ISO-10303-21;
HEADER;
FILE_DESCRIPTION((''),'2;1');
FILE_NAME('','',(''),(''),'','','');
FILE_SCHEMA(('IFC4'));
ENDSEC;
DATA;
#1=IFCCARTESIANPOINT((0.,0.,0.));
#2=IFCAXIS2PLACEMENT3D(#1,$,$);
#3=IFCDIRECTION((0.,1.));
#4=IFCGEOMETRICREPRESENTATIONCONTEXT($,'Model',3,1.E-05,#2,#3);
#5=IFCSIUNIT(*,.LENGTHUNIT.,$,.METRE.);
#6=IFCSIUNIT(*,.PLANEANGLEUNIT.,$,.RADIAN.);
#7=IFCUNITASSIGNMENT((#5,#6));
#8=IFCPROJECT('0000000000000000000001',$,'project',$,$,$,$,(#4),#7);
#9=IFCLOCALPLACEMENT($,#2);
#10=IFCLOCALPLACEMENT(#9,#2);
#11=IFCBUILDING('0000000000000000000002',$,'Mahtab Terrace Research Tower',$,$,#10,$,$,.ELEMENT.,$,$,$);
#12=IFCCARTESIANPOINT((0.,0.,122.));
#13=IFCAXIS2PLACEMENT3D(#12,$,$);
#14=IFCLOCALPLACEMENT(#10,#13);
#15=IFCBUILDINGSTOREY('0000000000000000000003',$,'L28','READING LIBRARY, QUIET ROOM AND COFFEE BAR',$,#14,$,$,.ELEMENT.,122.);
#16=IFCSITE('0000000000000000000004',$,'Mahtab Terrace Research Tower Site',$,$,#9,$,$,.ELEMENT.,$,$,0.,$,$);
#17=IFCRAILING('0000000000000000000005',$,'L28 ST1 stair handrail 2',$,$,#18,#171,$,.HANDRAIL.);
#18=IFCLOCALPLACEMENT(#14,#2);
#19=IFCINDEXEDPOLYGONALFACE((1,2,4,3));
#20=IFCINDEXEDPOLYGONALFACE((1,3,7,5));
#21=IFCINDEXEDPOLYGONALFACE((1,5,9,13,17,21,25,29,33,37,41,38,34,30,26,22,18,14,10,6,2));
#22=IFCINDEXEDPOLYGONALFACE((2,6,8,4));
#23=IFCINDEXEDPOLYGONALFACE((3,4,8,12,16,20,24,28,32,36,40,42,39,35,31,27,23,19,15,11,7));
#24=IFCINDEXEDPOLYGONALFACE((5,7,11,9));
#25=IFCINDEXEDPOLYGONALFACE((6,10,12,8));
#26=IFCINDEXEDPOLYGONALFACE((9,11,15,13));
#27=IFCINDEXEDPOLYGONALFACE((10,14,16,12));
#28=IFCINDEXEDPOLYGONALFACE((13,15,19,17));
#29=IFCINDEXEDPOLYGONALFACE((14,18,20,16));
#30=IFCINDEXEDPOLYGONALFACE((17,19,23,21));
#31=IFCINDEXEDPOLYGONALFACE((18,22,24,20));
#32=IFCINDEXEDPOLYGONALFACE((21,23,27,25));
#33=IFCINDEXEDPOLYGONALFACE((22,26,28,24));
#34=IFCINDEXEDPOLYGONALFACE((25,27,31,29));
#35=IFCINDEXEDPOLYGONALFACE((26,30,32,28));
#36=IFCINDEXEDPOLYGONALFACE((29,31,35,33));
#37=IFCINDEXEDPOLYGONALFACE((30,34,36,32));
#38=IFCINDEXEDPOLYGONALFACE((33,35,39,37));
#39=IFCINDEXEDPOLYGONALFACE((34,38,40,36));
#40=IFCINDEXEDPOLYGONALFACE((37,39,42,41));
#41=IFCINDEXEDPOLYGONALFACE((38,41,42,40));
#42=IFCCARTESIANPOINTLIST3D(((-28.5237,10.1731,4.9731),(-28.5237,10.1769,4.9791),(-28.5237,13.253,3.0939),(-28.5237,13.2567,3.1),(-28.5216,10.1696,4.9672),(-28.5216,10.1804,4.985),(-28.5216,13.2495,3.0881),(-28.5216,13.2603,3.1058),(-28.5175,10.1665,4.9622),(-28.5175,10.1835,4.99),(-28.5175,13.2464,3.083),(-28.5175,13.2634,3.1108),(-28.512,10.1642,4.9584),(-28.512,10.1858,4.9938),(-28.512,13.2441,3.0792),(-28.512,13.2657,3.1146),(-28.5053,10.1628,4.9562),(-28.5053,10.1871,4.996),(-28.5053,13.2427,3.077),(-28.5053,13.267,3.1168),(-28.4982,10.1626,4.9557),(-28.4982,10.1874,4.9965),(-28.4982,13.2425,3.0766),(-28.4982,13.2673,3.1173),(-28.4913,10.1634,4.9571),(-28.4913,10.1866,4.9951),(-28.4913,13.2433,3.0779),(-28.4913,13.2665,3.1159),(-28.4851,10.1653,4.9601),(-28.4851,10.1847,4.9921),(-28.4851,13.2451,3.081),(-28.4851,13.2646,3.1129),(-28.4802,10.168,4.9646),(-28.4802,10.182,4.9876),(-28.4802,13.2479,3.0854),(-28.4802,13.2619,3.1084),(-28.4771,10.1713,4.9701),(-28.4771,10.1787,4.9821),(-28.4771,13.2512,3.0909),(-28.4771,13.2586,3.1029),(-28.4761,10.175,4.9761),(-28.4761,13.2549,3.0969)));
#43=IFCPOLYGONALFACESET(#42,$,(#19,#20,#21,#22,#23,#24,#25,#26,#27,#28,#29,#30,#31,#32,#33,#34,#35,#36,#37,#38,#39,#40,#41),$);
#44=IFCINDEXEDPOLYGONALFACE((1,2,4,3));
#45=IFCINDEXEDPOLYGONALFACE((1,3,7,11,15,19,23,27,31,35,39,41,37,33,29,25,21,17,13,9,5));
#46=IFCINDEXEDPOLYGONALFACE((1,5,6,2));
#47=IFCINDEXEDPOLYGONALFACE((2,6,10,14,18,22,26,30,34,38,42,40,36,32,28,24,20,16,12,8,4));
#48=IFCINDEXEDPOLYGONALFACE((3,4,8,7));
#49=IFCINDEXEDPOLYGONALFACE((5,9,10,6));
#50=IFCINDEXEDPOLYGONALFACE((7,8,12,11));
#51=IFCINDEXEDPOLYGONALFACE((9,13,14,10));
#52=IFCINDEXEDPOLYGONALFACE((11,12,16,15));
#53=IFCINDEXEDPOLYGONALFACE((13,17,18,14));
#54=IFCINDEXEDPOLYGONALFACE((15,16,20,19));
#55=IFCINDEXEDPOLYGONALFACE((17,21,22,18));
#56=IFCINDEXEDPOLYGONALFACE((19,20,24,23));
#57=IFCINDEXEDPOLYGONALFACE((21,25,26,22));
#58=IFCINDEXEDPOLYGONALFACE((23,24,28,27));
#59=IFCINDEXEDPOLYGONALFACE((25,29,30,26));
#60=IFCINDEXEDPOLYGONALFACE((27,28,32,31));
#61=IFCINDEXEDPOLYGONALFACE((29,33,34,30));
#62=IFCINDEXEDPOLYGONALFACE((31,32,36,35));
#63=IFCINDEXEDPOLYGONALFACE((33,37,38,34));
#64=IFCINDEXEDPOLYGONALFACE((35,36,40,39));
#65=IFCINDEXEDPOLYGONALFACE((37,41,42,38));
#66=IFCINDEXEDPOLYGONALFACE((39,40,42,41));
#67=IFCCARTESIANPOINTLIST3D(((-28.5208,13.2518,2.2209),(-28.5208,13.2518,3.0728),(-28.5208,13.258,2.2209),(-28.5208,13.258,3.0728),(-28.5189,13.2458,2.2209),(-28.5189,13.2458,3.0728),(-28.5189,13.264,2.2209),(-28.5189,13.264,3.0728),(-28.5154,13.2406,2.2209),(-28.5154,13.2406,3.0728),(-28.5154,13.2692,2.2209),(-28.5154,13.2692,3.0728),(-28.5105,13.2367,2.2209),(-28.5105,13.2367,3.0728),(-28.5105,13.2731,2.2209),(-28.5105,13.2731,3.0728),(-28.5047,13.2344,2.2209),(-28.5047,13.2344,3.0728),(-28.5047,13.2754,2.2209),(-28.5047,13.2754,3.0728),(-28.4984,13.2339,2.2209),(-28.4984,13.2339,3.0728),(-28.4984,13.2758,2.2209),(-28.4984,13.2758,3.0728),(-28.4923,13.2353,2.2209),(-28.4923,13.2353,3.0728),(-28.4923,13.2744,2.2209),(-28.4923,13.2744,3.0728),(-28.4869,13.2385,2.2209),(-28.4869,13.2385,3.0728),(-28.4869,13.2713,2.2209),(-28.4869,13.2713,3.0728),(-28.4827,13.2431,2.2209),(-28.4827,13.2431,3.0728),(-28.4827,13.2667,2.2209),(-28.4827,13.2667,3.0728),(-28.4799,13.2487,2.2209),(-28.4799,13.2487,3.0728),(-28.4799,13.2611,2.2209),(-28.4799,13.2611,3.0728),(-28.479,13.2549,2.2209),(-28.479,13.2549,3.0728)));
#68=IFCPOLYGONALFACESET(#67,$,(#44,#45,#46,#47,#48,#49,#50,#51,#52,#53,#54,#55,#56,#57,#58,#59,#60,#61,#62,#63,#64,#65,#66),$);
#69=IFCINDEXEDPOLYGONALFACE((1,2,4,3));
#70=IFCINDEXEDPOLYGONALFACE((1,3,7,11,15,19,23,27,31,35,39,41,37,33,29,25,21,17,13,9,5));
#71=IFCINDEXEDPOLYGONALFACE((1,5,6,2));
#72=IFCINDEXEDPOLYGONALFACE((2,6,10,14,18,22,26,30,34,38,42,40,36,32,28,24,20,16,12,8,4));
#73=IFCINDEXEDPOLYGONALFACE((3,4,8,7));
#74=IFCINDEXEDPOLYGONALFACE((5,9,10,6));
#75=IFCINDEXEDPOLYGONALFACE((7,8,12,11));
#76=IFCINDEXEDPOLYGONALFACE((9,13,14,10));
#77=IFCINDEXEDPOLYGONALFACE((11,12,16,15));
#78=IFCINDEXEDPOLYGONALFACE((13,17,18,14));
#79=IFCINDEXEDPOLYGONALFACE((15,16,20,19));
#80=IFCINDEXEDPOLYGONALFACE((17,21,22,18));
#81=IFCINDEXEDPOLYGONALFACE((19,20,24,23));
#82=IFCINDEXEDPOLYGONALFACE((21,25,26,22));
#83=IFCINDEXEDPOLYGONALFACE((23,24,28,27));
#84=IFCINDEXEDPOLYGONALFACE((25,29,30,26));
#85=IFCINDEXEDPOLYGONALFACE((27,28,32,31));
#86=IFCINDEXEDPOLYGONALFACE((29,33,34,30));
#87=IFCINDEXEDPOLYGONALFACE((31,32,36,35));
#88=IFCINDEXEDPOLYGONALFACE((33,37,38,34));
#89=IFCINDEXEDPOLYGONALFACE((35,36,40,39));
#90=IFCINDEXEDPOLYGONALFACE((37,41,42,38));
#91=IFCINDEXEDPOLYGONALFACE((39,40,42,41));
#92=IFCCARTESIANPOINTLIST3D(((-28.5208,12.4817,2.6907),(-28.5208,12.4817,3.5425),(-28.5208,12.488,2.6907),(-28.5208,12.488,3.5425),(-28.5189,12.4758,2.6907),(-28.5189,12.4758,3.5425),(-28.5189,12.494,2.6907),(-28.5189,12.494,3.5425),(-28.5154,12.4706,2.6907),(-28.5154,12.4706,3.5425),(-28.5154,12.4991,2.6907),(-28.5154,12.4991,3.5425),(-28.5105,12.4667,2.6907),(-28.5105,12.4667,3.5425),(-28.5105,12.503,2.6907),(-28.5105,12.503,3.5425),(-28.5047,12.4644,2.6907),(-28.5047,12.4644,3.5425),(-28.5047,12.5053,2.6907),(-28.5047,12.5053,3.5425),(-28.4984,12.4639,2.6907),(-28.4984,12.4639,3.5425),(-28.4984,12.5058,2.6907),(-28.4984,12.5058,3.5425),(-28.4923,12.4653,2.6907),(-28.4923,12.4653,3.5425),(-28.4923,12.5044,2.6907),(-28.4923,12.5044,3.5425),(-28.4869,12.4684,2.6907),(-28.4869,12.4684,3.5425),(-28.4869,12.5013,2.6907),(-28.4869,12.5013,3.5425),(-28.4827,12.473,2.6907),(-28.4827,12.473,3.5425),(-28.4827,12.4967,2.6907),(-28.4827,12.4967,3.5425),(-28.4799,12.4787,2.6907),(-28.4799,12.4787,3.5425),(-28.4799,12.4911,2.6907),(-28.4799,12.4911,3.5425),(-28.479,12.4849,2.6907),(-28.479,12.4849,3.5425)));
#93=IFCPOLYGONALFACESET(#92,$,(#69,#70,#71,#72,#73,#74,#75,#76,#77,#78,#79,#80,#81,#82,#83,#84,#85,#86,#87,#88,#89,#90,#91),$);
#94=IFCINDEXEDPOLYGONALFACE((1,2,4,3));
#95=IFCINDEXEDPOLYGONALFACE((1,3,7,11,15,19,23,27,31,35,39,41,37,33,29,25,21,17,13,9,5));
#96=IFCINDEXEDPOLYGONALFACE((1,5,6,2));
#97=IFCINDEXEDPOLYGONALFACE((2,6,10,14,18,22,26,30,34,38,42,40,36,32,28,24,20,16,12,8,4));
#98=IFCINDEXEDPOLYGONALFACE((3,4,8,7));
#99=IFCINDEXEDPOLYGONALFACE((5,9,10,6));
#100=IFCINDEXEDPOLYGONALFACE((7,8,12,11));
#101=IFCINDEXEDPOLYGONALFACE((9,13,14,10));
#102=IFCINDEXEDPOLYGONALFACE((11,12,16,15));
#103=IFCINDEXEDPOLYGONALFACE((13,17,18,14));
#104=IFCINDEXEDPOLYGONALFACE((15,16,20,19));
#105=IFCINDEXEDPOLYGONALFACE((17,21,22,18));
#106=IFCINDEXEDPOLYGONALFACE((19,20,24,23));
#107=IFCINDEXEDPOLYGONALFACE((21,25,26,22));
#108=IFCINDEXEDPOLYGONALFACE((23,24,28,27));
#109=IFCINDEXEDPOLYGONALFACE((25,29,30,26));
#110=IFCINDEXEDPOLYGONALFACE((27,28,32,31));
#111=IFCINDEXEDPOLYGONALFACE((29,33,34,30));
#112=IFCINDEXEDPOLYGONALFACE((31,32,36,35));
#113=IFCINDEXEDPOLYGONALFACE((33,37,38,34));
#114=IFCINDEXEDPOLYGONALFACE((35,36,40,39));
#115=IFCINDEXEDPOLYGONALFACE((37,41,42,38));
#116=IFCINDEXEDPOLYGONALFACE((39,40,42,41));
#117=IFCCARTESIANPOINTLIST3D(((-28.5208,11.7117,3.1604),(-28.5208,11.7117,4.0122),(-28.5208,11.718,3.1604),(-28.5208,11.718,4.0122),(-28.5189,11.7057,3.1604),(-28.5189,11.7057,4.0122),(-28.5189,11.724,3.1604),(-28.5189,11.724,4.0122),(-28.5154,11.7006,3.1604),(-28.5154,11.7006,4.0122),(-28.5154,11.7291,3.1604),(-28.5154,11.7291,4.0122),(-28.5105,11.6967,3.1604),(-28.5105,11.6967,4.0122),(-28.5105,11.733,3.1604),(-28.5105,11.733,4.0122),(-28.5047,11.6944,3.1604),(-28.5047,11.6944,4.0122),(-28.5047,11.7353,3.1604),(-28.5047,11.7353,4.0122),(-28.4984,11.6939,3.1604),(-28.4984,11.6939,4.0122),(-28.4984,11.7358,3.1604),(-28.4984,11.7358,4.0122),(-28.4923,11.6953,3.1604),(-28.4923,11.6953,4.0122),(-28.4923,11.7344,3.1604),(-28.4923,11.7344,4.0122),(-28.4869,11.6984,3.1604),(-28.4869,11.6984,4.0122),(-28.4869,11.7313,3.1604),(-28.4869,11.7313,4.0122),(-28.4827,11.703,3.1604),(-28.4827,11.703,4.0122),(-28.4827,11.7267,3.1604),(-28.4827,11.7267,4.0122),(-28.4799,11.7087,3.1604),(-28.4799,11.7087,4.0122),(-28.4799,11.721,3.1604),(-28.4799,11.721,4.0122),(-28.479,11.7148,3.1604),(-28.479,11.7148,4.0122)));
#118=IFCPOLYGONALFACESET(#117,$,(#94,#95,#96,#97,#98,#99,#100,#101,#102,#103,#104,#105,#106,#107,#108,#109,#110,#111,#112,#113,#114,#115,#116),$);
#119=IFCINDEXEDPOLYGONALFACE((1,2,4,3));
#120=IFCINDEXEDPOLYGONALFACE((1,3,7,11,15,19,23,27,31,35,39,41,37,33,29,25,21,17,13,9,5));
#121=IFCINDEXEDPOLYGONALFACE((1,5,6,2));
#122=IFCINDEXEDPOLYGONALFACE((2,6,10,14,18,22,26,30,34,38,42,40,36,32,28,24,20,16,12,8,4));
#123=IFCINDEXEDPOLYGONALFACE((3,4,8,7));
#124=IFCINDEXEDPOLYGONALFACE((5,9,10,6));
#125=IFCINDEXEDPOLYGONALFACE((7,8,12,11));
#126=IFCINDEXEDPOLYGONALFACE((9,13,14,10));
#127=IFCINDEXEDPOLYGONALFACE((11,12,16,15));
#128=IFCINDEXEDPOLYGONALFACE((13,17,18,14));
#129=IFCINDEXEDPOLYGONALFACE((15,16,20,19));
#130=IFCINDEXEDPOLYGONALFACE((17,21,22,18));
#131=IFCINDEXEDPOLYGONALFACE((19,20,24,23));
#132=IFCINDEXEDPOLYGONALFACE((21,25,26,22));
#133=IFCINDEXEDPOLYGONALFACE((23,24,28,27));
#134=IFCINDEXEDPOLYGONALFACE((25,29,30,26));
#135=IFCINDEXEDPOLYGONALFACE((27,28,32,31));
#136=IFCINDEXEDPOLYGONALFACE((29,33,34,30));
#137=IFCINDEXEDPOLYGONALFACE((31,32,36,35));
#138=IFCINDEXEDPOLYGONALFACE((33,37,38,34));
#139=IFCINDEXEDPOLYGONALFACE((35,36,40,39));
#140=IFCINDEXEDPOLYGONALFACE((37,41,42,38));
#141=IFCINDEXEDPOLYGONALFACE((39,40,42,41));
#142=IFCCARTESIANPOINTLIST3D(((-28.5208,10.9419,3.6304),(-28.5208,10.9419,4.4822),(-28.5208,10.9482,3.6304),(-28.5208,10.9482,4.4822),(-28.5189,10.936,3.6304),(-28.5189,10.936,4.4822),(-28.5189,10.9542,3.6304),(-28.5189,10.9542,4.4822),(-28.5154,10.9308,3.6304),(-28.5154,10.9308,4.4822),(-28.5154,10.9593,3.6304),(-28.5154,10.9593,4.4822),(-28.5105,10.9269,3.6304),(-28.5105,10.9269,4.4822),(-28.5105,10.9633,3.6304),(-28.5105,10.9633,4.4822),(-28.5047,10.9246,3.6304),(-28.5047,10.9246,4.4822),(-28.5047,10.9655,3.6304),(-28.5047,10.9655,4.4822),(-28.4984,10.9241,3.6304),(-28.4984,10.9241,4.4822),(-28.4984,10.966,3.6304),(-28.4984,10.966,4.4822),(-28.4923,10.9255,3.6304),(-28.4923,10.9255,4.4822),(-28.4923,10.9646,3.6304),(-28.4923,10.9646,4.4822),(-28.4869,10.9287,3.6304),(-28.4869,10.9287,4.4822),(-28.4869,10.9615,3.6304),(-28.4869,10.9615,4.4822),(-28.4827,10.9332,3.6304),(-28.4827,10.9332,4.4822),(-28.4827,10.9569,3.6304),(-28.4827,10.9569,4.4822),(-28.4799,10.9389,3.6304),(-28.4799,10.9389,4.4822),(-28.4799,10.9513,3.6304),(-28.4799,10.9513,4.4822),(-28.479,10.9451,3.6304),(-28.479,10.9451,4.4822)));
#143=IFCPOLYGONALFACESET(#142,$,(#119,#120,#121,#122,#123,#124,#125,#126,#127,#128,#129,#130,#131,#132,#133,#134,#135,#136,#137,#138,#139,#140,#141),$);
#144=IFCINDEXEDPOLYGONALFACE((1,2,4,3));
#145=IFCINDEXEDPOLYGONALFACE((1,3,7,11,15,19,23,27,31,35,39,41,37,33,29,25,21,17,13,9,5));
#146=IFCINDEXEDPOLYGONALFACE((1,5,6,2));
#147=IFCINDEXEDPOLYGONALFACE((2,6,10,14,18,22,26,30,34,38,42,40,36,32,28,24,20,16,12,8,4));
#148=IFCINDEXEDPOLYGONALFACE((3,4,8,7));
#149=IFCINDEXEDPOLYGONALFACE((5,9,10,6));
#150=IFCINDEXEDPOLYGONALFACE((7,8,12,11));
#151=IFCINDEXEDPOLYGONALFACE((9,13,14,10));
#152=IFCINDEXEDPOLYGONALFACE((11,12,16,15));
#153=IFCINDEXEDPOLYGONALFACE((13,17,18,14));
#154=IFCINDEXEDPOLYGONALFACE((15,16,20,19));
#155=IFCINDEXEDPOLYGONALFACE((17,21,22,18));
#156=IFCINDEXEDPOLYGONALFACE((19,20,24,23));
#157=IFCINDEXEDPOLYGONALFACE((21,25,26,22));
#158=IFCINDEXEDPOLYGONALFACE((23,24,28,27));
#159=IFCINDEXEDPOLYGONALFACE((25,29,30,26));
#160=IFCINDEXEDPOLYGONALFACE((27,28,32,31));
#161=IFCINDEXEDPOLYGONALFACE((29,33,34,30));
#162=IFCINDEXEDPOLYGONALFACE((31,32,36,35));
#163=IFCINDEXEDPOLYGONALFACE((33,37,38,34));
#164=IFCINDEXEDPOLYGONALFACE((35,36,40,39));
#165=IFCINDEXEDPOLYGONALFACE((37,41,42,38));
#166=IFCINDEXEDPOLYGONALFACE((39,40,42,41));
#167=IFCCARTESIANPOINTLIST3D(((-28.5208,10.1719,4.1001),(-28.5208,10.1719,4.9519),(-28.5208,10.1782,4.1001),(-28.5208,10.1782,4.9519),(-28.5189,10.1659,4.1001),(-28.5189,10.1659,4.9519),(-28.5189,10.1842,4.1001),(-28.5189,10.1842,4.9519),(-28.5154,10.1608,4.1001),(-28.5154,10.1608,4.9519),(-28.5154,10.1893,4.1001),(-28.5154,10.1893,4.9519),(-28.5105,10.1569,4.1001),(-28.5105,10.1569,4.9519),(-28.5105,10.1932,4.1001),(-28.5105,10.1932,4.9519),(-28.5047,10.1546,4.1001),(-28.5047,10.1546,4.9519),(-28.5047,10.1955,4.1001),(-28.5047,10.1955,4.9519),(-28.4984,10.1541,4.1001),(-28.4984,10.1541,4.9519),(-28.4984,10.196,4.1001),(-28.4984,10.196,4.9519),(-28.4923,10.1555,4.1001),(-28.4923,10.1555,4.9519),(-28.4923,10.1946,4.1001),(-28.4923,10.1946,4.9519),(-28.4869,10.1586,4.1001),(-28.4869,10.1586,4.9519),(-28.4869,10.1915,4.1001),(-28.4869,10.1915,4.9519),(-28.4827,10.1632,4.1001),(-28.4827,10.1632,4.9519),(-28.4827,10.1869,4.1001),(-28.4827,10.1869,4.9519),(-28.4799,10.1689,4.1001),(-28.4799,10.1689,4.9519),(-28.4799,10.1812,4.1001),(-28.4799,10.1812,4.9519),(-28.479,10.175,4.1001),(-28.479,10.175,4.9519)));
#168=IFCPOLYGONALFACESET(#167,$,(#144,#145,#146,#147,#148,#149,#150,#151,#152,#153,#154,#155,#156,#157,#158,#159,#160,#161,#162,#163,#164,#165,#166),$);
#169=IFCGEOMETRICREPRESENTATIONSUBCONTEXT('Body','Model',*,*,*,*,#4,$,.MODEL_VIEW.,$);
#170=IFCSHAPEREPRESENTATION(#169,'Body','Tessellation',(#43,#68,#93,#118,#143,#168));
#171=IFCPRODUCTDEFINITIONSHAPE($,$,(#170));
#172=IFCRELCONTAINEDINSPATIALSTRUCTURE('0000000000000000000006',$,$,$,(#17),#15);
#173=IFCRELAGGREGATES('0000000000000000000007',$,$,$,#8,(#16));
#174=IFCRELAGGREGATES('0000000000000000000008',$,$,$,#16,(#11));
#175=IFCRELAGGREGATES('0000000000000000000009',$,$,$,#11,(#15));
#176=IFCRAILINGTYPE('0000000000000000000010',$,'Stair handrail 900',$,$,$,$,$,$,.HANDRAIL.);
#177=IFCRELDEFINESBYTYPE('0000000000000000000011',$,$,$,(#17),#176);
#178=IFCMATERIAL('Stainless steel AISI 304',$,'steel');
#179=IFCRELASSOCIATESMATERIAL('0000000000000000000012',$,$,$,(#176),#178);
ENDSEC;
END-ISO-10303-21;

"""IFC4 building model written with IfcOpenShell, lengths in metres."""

from ifc_helpers import new_model, si_unit, direction, frame, origin, origin_2d, place, context, subcontext, project, spatial, circle, extrude, material, type_object, element, save


model = new_model("IFC4")

# Units and contexts
model_context = context("Model", 3, precision=1e-05, world=origin(), true_north=direction((0.0, 1.0)))
body_context = subcontext(model_context, "Body", "Model", "MODEL_VIEW")
ifc_project = project(units=[si_unit("LENGTHUNIT", "METRE"), si_unit("PLANEANGLEUNIT", "RADIAN")], contexts=[model_context])

# Site, building, storey
site_placement = place(None, origin())
site = spatial("IfcSite", under=ifc_project, at=site_placement, Name="Mahtab Terrace Research Tower Site", CompositionType="ELEMENT", RefElevation=0.0)
building_placement = place(site_placement, origin())
building = spatial("IfcBuilding", under=site, at=building_placement, Name="Mahtab Terrace Research Tower", CompositionType="ELEMENT")
storey_placement = place(building_placement, frame((0.0, 0.0, 122.0)))
storey = spatial("IfcBuildingStorey", under=building, at=storey_placement, Name="L28", Description="READING LIBRARY, QUIET ROOM AND COFFEE BAR", CompositionType="ELEMENT", Elevation=122.0)

# Shared definitions
ifc_material_1 = material(Name="Stainless steel AISI 304", Category="steel")

# Railing
railing_type_1 = type_object("IfcRailingType", Name="Stair handrail 900", PredefinedType="HANDRAIL", material=ifc_material_1)
railing_1_placement = place(storey_placement, frame((-28.5, 13.2549, 2.2209)))
element("IfcRailing", 1, at=railing_1_placement, inside=storey, type_object=railing_type_1, Name="L28 ST1 stair handrail 2", PredefinedType="HANDRAIL", context=body_context, shape_type="SweptSolid", body=[
    extrude(circle(Radius=0.0239, at=origin_2d()), frame((0.0, 0.0, 0.876), z_axis=(0.0, -0.853648, 0.52085), x_axis=(1.0, 0.0, 0.0)), (0.0, 0.0, 1.0), 3.6079),
    extrude(circle(Radius=0.021, at=origin_2d()), origin(), (0.0, 0.0, 1.0), 0.8518),
    extrude(circle(Radius=0.021, at=origin_2d()), frame((0.0, -0.77, 0.4697)), (0.0, 0.0, 1.0), 0.8518),
    extrude(circle(Radius=0.021, at=origin_2d()), frame((0.0, -1.54, 0.9395)), (0.0, 0.0, 1.0), 0.8518),
    extrude(circle(Radius=0.021, at=origin_2d()), frame((0.0, -2.3098, 1.4094)), (0.0, 0.0, 1.0), 0.8518),
    extrude(circle(Radius=0.021, at=origin_2d()), frame((0.0, -3.0798, 1.8792)), (0.0, 0.0, 1.0), 0.8518),
])

save(model, "model.ifc")
